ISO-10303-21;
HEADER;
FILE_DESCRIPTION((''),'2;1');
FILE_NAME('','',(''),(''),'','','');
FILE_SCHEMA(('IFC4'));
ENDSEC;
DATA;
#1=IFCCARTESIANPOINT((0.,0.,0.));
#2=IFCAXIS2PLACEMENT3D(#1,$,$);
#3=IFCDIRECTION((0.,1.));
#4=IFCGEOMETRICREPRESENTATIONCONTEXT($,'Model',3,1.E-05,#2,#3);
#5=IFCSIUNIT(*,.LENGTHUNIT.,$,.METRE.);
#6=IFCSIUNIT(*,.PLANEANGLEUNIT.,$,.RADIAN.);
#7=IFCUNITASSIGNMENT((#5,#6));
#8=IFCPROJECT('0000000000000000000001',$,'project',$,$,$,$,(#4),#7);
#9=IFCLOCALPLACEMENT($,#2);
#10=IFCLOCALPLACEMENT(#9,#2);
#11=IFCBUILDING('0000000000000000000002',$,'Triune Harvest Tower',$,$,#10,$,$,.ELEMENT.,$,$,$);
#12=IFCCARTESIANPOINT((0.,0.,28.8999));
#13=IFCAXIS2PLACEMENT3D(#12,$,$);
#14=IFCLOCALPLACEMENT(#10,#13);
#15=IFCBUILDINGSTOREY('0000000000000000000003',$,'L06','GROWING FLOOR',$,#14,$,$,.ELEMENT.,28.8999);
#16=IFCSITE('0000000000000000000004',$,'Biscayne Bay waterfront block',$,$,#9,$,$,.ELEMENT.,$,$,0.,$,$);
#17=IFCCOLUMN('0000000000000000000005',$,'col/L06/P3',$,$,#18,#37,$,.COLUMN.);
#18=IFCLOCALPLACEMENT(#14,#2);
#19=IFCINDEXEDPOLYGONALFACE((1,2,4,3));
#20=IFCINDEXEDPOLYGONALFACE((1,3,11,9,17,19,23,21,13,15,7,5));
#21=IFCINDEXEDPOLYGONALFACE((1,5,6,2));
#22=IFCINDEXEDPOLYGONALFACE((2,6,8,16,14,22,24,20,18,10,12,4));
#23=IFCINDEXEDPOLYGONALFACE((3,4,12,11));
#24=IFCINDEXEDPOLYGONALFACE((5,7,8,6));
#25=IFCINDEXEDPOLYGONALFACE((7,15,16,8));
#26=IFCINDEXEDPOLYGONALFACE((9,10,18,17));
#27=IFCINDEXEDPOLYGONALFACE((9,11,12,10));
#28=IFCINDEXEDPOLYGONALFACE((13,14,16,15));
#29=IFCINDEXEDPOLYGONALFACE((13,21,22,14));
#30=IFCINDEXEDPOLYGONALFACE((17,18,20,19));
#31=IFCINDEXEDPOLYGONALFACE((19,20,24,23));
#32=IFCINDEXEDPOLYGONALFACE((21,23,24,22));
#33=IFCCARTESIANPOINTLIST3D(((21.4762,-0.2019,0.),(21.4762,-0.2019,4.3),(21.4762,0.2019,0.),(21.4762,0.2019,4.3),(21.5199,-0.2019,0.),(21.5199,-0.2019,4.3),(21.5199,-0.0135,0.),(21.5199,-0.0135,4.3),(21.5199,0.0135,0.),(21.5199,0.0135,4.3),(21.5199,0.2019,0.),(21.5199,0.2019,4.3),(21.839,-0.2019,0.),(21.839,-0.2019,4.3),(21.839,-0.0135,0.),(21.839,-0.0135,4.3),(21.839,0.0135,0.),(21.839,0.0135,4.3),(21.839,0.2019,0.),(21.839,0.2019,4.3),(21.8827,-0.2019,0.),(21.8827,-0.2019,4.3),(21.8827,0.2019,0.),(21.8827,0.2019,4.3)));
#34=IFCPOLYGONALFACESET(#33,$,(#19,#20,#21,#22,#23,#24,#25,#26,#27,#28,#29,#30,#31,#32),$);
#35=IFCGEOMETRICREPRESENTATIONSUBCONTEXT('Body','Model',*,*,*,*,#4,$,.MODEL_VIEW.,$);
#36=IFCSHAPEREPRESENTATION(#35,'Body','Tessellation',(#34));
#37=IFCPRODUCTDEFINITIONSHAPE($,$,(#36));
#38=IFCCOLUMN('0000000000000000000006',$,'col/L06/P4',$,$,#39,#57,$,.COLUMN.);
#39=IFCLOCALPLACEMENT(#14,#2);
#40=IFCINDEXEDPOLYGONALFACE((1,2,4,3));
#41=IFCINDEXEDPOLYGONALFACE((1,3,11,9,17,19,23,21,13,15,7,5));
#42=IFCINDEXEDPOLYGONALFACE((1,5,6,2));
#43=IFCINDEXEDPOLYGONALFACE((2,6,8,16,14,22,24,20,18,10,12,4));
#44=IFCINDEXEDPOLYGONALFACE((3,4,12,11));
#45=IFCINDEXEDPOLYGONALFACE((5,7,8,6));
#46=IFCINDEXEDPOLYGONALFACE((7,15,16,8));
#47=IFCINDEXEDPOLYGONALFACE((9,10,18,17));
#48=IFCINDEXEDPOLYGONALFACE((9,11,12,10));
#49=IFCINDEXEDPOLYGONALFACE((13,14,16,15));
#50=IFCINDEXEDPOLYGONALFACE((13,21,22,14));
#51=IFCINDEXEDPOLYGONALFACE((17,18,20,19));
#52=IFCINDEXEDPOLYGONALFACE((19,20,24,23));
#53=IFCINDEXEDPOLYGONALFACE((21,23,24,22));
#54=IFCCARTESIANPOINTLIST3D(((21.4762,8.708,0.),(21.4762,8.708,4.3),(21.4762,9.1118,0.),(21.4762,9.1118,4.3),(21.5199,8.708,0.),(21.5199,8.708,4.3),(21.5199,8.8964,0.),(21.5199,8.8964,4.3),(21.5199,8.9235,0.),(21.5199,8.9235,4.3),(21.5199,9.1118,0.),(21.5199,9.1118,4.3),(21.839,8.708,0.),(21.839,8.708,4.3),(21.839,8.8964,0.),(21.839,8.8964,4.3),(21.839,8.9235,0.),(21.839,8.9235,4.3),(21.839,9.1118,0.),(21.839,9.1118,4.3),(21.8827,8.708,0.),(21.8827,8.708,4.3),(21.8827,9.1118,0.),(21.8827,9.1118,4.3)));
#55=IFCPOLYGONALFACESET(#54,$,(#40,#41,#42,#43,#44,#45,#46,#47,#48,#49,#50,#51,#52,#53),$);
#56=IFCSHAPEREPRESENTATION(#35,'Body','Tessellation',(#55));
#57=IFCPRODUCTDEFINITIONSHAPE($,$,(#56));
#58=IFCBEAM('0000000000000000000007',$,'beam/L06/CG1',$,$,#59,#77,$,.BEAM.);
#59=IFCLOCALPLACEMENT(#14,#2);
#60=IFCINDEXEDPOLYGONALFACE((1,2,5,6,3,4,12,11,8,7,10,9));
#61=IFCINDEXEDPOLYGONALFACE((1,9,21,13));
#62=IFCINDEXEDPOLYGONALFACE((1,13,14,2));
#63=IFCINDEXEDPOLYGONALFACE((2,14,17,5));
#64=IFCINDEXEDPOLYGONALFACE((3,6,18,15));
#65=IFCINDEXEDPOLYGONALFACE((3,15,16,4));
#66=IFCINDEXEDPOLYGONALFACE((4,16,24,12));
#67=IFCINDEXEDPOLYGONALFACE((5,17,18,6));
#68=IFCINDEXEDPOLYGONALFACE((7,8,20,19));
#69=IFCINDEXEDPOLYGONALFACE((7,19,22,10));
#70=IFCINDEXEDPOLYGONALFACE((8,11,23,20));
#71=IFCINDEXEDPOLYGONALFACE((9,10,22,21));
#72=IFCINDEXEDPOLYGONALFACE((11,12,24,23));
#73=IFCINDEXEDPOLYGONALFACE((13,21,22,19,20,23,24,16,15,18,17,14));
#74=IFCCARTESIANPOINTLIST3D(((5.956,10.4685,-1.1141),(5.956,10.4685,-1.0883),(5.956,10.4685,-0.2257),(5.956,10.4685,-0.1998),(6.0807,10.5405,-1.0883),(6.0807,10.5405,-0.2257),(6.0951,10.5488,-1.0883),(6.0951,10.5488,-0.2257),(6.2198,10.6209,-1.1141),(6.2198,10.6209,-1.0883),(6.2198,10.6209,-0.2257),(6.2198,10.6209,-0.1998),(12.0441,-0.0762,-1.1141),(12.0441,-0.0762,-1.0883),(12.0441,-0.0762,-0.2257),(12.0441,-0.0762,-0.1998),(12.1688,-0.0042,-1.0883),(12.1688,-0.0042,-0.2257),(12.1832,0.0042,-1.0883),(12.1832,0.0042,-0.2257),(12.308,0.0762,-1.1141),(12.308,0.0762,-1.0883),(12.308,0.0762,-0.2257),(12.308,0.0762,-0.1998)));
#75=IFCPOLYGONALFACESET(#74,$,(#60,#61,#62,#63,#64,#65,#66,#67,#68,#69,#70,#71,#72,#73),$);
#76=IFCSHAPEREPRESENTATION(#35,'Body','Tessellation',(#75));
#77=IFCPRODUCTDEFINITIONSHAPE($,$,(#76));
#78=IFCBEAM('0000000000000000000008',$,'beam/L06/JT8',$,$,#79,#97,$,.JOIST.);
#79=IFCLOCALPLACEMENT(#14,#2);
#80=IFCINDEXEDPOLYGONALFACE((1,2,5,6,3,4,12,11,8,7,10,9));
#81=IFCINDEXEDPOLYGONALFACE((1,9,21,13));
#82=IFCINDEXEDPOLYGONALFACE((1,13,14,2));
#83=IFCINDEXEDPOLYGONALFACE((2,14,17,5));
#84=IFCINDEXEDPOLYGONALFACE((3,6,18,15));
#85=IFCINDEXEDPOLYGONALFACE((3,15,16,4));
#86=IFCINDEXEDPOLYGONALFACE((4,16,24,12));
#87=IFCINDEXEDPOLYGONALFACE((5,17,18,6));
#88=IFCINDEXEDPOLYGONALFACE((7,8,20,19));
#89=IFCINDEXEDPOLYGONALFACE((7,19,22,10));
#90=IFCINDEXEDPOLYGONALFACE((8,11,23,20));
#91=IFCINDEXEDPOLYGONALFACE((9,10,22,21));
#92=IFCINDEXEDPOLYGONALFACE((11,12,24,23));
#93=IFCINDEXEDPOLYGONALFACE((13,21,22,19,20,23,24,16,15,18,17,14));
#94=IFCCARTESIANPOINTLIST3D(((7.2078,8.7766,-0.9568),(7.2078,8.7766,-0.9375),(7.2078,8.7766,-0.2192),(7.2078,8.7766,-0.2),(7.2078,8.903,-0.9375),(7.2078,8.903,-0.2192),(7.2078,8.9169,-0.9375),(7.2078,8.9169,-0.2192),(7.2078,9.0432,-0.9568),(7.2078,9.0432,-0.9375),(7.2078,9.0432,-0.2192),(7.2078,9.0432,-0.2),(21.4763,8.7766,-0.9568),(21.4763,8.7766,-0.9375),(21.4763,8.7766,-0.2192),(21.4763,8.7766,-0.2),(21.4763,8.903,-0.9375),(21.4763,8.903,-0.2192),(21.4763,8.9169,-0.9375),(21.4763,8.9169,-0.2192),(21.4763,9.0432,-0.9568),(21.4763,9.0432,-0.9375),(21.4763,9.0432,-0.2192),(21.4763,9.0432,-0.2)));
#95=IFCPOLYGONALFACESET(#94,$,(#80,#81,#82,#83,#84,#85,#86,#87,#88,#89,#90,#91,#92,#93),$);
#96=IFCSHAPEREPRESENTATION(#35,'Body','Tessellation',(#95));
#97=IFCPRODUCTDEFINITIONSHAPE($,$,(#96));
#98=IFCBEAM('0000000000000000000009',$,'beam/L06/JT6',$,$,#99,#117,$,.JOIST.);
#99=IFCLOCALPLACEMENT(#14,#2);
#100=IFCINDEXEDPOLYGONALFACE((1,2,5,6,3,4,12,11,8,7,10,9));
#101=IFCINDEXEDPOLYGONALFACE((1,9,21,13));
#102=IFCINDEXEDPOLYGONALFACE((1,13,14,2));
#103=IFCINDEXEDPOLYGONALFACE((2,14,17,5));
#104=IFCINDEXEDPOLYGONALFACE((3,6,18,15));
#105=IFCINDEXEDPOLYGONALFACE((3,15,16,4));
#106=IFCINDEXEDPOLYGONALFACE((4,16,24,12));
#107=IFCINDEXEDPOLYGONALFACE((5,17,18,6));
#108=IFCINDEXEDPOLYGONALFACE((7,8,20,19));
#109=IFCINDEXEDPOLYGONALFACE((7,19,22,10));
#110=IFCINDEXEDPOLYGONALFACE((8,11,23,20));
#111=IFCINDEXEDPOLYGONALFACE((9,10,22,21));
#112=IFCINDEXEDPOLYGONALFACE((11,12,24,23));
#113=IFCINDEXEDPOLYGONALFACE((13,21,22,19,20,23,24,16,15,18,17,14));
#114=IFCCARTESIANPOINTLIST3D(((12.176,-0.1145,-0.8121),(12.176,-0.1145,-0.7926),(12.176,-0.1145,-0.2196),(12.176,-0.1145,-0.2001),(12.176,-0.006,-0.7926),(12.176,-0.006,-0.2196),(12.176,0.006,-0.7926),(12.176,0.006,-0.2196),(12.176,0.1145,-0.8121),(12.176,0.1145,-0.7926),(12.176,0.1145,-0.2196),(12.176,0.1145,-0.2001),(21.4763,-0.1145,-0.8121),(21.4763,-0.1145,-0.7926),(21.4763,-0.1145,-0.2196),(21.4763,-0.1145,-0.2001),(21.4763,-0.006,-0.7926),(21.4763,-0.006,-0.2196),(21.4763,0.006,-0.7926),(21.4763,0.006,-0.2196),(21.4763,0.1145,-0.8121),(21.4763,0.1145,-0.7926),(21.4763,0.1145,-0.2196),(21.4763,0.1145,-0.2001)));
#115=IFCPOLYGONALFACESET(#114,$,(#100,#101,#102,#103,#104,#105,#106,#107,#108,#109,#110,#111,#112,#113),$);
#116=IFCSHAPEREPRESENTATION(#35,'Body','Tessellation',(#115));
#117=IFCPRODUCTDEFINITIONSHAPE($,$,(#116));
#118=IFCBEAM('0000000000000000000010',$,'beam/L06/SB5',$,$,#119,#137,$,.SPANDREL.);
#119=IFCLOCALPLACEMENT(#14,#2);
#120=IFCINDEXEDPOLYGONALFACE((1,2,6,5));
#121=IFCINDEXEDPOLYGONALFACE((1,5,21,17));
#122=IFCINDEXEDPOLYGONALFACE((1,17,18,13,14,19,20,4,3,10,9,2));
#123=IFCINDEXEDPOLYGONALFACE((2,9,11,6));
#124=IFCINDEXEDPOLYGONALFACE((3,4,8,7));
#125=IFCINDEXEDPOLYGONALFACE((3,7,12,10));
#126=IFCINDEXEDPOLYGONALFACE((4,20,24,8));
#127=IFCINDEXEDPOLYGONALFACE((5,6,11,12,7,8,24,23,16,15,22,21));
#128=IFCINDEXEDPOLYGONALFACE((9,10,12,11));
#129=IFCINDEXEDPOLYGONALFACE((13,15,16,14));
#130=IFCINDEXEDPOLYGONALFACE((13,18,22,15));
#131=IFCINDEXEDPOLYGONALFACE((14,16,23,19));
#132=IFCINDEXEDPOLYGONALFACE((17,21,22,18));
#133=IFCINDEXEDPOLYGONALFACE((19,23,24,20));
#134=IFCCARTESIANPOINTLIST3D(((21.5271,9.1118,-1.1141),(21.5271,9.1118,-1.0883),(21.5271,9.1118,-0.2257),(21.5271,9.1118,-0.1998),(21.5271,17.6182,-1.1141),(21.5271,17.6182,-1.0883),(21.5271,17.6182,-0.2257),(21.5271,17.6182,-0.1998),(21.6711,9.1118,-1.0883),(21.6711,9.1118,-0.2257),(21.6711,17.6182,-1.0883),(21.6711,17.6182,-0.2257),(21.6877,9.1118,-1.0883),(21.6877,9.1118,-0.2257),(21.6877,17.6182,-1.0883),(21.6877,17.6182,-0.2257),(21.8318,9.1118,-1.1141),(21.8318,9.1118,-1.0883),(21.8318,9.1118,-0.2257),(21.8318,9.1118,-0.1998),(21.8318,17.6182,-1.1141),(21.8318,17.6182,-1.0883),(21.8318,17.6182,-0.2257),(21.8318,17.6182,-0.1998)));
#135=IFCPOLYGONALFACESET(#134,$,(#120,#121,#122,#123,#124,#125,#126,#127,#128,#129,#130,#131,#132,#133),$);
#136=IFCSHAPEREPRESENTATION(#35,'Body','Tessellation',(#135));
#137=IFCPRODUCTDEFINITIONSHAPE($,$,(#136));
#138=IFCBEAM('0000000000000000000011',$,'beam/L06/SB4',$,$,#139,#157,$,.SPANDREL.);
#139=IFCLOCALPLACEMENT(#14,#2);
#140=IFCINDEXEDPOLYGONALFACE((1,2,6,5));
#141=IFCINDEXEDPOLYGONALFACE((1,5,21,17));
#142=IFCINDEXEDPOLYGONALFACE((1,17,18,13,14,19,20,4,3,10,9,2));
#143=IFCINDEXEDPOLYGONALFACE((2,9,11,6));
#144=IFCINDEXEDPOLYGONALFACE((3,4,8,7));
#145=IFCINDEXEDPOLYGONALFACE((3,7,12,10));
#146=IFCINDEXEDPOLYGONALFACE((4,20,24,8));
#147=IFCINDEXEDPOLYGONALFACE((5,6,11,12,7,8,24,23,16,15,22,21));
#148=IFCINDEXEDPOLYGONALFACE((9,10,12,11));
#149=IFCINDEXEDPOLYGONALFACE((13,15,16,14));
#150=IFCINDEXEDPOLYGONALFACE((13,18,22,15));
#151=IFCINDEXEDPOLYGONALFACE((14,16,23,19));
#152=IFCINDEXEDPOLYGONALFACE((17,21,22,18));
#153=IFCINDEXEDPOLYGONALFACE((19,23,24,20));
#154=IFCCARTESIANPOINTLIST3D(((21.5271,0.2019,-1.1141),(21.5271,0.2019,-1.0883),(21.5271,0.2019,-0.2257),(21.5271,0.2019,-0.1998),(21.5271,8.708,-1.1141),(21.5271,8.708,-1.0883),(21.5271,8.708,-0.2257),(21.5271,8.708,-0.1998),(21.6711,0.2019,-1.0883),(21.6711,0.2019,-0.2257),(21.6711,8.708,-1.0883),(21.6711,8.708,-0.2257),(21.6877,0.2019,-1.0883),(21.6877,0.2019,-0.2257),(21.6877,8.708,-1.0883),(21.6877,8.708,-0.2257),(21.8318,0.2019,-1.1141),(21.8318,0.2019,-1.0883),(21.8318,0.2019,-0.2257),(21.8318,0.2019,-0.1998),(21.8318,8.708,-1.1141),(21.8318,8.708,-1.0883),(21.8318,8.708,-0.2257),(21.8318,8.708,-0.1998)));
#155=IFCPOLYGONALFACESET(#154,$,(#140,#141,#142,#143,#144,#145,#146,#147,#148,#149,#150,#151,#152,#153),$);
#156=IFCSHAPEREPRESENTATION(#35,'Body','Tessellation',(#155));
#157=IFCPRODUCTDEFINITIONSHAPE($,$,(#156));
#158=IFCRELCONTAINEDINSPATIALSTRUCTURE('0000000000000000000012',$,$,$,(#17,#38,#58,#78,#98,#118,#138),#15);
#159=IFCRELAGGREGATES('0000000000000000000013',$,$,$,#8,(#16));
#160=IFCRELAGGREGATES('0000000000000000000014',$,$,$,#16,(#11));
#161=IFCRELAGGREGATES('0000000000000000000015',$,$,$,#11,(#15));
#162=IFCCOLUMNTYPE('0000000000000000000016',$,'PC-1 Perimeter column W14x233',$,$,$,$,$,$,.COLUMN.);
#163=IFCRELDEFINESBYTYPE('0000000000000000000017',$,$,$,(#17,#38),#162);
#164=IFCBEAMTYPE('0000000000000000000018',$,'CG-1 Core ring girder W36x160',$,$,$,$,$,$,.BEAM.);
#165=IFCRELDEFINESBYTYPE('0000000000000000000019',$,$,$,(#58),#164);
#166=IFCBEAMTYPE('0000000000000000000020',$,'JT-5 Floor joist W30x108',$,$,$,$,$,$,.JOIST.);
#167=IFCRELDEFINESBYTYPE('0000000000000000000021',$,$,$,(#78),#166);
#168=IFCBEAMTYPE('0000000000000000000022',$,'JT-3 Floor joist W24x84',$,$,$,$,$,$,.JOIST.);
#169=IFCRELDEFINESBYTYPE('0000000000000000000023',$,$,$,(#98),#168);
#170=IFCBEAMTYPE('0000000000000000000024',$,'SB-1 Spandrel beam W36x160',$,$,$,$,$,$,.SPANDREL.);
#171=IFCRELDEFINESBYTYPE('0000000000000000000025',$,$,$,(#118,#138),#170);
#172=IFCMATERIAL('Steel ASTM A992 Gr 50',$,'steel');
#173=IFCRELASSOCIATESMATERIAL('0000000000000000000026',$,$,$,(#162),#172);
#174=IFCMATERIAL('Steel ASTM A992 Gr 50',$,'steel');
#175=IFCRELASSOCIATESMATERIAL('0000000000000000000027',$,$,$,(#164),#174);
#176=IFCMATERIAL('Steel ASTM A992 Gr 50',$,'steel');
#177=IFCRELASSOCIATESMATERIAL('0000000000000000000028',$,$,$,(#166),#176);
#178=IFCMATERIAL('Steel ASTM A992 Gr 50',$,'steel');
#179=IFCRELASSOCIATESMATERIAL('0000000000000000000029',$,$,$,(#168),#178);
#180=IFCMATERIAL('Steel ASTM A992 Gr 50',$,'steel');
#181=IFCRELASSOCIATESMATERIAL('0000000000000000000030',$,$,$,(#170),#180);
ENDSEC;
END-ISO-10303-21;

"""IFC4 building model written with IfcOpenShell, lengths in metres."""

from ifc_helpers import new_model, si_unit, direction, frame, origin, origin_2d, place, context, subcontext, project, spatial, i_section, extrude, source, transform, mapped, material, material_profile, profile_set, type_object, element, save


model = new_model("IFC4")

# Units and contexts
model_context = context("Model", 3, precision=1e-05, world=origin(), true_north=direction((0.0, 1.0)))
body_context = subcontext(model_context, "Body", "Model", "MODEL_VIEW")
ifc_project = project(units=[si_unit("LENGTHUNIT", "METRE"), si_unit("PLANEANGLEUNIT", "RADIAN")], contexts=[model_context])

# Site, building, storey
site_placement = place(None, origin())
site = spatial("IfcSite", under=ifc_project, at=site_placement, Name="Biscayne Bay waterfront block", CompositionType="ELEMENT", RefElevation=0.0)
building_placement = place(site_placement, origin())
building = spatial("IfcBuilding", under=site, at=building_placement, Name="Triune Harvest Tower", CompositionType="ELEMENT")
storey_placement = place(building_placement, frame((0.0, 0.0, 28.8999)))
storey = spatial("IfcBuildingStorey", under=building, at=storey_placement, Name="L06", Description="GROWING FLOOR", CompositionType="ELEMENT", Elevation=28.8999)

# Columns
ifc_material_1 = material(Name="Steel ASTM A992 Gr 50", Category="steel")
ifc_material_profile_1 = material_profile(ifc_material_1, i_section(OverallWidth=0.4038, OverallDepth=0.4065, WebThickness=0.0271, FlangeThickness=0.0437, at=origin_2d()), Name="W14x233")
ifc_profile_set_1 = profile_set([ifc_material_profile_1], Name="Steel ASTM A992 Gr 50")
column_type = type_object("IfcColumnType", Name="PC-1 Perimeter column W14x233", PredefinedType="COLUMN", material=ifc_profile_set_1)
shared_shape_1 = source(origin(), body_context, "Body", "SweptSolid", [
    extrude(i_section(OverallWidth=0.4038, OverallDepth=0.4065, WebThickness=0.0271, FlangeThickness=0.0437, at=origin_2d()), origin(), (0.0, 0.0, 1.0), 4.3),
])
for number, where, z_axis, x_axis, name in (
    (1, (21.6794, 0.0, 0.0), (0.0, 0.0, 1.0), (0.0, 1.0, 0.0), "col/L06/P3"),
    (2, (21.6794, 8.9099, 0.0), (0.0, 0.0, 1.0), (0.0, 1.0, 0.0), "col/L06/P4"),
):
    element("IfcColumn", number, at=place(storey_placement, frame(where, z_axis=z_axis, x_axis=x_axis)), inside=storey, type_object=column_type, Name=name, PredefinedType="COLUMN", context=body_context, shape_type="MappedRepresentation", body=[
        mapped(shared_shape_1, transform((0.0, 0.0, 0.0), scale=1.0)),
    ])

# Beams
ifc_material_2 = material(Name="Steel ASTM A992 Gr 50", Category="steel")
ifc_material_profile_2 = material_profile(ifc_material_2, i_section(OverallWidth=0.3047, OverallDepth=0.9143, WebThickness=0.0166, FlangeThickness=0.0259, at=origin_2d()), Name="W36x160")
ifc_profile_set_2 = profile_set([ifc_material_profile_2], Name="Steel ASTM A992 Gr 50")
beam_type_1 = type_object("IfcBeamType", Name="CG-1 Core ring girder W36x160", PredefinedType="BEAM", material=ifc_profile_set_2)
shared_shape_2 = source(origin(), body_context, "Body", "SweptSolid", [
    extrude(i_section(OverallWidth=0.3047, OverallDepth=0.9143, WebThickness=0.0166, FlangeThickness=0.0259, at=origin_2d()), origin(), (0.0, 0.0, 1.0), 12.176),
])
beam_1_placement = place(storey_placement, frame((12.176, 0.0, -0.657), z_axis=(-0.50001, 0.86602, 0.0), x_axis=(-0.86602, -0.50001, 0.0)))
element("IfcBeam", 3, at=beam_1_placement, inside=storey, type_object=beam_type_1, Name="beam/L06/CG1", PredefinedType="BEAM", context=body_context, shape_type="MappedRepresentation", body=[
    mapped(shared_shape_2, transform((0.0, 0.0, 0.0), scale=1.0)),
])
ifc_material_3 = material(Name="Steel ASTM A992 Gr 50", Category="steel")
ifc_material_profile_3 = material_profile(ifc_material_3, i_section(OverallWidth=0.2666, OverallDepth=0.7568, WebThickness=0.0139, FlangeThickness=0.0193, at=origin_2d()), Name="W30x108")
ifc_profile_set_3 = profile_set([ifc_material_profile_3], Name="Steel ASTM A992 Gr 50")
beam_type_2 = type_object("IfcBeamType", Name="JT-5 Floor joist W30x108", PredefinedType="JOIST", material=ifc_profile_set_3)
shared_shape_3 = source(origin(), body_context, "Body", "SweptSolid", [
    extrude(i_section(OverallWidth=0.2666, OverallDepth=0.7568, WebThickness=0.0139, FlangeThickness=0.0193, at=origin_2d()), origin(), (0.0, 0.0, 1.0), 14.2686),
])
beam_2_placement = place(storey_placement, frame((21.4763, 8.9099, -0.5784), z_axis=(-1.0, 0.0, 0.0), x_axis=(0.0, -1.0, 0.0)))
element("IfcBeam", 4, at=beam_2_placement, inside=storey, type_object=beam_type_2, Name="beam/L06/JT8", PredefinedType="JOIST", context=body_context, shape_type="MappedRepresentation", body=[
    mapped(shared_shape_3, transform((0.0, 0.0, 0.0), scale=1.0)),
])
ifc_material_4 = material(Name="Steel ASTM A992 Gr 50", Category="steel")
ifc_material_profile_4 = material_profile(ifc_material_4, i_section(OverallWidth=0.229, OverallDepth=0.6121, WebThickness=0.012, FlangeThickness=0.0195, at=origin_2d()), Name="W24x84")
ifc_profile_set_4 = profile_set([ifc_material_profile_4], Name="Steel ASTM A992 Gr 50")
beam_type_3 = type_object("IfcBeamType", Name="JT-3 Floor joist W24x84", PredefinedType="JOIST", material=ifc_profile_set_4)
shared_shape_4 = source(origin(), body_context, "Body", "SweptSolid", [
    extrude(i_section(OverallWidth=0.229, OverallDepth=0.6121, WebThickness=0.012, FlangeThickness=0.0195, at=origin_2d()), origin(), (0.0, 0.0, 1.0), 9.3003),
])
beam_3_placement = place(storey_placement, frame((21.4763, 0.0, -0.5061), z_axis=(-1.0, 0.0, 0.0), x_axis=(0.0, -1.0, 0.0)))
element("IfcBeam", 5, at=beam_3_placement, inside=storey, type_object=beam_type_3, Name="beam/L06/JT6", PredefinedType="JOIST", context=body_context, shape_type="MappedRepresentation", body=[
    mapped(shared_shape_4, transform((0.0, 0.0, 0.0), scale=1.0)),
])
ifc_material_5 = material(Name="Steel ASTM A992 Gr 50", Category="steel")
ifc_material_profile_5 = material_profile(ifc_material_5, i_section(OverallWidth=0.3047, OverallDepth=0.9143, WebThickness=0.0166, FlangeThickness=0.0259, at=origin_2d()), Name="W36x160")
ifc_profile_set_5 = profile_set([ifc_material_profile_5], Name="Steel ASTM A992 Gr 50")
beam_type_4 = type_object("IfcBeamType", Name="SB-1 Spandrel beam W36x160", PredefinedType="SPANDREL", material=ifc_profile_set_5)
shared_shape_5 = source(origin(), body_context, "Body", "SweptSolid", [
    extrude(i_section(OverallWidth=0.3047, OverallDepth=0.9143, WebThickness=0.0166, FlangeThickness=0.0259, at=origin_2d()), origin(), (0.0, 0.0, 1.0), 8.5063),
])
beam_4_placement = place(storey_placement, frame((21.6794, 9.1118, -0.657), z_axis=(0.0, 1.0, 0.0), x_axis=(-1.0, 0.0, 0.0)))
element("IfcBeam", 6, at=beam_4_placement, inside=storey, type_object=beam_type_4, Name="beam/L06/SB5", PredefinedType="SPANDREL", context=body_context, shape_type="MappedRepresentation", body=[
    mapped(shared_shape_5, transform((0.0, 0.0, 0.0), scale=1.0)),
])
shared_shape_6 = source(origin(), body_context, "Body", "SweptSolid", [
    extrude(i_section(OverallWidth=0.3047, OverallDepth=0.9143, WebThickness=0.0166, FlangeThickness=0.0259, at=origin_2d()), origin(), (0.0, 0.0, 1.0), 8.5061),
])
beam_5_placement = place(storey_placement, frame((21.6794, 0.2019, -0.657), z_axis=(0.0, 1.0, 0.0), x_axis=(-1.0, 0.0, 0.0)))
element("IfcBeam", 7, at=beam_5_placement, inside=storey, type_object=beam_type_4, Name="beam/L06/SB4", PredefinedType="SPANDREL", context=body_context, shape_type="MappedRepresentation", body=[
    mapped(shared_shape_6, transform((0.0, 0.0, 0.0), scale=1.0)),
])

save(model, "model.ifc")
